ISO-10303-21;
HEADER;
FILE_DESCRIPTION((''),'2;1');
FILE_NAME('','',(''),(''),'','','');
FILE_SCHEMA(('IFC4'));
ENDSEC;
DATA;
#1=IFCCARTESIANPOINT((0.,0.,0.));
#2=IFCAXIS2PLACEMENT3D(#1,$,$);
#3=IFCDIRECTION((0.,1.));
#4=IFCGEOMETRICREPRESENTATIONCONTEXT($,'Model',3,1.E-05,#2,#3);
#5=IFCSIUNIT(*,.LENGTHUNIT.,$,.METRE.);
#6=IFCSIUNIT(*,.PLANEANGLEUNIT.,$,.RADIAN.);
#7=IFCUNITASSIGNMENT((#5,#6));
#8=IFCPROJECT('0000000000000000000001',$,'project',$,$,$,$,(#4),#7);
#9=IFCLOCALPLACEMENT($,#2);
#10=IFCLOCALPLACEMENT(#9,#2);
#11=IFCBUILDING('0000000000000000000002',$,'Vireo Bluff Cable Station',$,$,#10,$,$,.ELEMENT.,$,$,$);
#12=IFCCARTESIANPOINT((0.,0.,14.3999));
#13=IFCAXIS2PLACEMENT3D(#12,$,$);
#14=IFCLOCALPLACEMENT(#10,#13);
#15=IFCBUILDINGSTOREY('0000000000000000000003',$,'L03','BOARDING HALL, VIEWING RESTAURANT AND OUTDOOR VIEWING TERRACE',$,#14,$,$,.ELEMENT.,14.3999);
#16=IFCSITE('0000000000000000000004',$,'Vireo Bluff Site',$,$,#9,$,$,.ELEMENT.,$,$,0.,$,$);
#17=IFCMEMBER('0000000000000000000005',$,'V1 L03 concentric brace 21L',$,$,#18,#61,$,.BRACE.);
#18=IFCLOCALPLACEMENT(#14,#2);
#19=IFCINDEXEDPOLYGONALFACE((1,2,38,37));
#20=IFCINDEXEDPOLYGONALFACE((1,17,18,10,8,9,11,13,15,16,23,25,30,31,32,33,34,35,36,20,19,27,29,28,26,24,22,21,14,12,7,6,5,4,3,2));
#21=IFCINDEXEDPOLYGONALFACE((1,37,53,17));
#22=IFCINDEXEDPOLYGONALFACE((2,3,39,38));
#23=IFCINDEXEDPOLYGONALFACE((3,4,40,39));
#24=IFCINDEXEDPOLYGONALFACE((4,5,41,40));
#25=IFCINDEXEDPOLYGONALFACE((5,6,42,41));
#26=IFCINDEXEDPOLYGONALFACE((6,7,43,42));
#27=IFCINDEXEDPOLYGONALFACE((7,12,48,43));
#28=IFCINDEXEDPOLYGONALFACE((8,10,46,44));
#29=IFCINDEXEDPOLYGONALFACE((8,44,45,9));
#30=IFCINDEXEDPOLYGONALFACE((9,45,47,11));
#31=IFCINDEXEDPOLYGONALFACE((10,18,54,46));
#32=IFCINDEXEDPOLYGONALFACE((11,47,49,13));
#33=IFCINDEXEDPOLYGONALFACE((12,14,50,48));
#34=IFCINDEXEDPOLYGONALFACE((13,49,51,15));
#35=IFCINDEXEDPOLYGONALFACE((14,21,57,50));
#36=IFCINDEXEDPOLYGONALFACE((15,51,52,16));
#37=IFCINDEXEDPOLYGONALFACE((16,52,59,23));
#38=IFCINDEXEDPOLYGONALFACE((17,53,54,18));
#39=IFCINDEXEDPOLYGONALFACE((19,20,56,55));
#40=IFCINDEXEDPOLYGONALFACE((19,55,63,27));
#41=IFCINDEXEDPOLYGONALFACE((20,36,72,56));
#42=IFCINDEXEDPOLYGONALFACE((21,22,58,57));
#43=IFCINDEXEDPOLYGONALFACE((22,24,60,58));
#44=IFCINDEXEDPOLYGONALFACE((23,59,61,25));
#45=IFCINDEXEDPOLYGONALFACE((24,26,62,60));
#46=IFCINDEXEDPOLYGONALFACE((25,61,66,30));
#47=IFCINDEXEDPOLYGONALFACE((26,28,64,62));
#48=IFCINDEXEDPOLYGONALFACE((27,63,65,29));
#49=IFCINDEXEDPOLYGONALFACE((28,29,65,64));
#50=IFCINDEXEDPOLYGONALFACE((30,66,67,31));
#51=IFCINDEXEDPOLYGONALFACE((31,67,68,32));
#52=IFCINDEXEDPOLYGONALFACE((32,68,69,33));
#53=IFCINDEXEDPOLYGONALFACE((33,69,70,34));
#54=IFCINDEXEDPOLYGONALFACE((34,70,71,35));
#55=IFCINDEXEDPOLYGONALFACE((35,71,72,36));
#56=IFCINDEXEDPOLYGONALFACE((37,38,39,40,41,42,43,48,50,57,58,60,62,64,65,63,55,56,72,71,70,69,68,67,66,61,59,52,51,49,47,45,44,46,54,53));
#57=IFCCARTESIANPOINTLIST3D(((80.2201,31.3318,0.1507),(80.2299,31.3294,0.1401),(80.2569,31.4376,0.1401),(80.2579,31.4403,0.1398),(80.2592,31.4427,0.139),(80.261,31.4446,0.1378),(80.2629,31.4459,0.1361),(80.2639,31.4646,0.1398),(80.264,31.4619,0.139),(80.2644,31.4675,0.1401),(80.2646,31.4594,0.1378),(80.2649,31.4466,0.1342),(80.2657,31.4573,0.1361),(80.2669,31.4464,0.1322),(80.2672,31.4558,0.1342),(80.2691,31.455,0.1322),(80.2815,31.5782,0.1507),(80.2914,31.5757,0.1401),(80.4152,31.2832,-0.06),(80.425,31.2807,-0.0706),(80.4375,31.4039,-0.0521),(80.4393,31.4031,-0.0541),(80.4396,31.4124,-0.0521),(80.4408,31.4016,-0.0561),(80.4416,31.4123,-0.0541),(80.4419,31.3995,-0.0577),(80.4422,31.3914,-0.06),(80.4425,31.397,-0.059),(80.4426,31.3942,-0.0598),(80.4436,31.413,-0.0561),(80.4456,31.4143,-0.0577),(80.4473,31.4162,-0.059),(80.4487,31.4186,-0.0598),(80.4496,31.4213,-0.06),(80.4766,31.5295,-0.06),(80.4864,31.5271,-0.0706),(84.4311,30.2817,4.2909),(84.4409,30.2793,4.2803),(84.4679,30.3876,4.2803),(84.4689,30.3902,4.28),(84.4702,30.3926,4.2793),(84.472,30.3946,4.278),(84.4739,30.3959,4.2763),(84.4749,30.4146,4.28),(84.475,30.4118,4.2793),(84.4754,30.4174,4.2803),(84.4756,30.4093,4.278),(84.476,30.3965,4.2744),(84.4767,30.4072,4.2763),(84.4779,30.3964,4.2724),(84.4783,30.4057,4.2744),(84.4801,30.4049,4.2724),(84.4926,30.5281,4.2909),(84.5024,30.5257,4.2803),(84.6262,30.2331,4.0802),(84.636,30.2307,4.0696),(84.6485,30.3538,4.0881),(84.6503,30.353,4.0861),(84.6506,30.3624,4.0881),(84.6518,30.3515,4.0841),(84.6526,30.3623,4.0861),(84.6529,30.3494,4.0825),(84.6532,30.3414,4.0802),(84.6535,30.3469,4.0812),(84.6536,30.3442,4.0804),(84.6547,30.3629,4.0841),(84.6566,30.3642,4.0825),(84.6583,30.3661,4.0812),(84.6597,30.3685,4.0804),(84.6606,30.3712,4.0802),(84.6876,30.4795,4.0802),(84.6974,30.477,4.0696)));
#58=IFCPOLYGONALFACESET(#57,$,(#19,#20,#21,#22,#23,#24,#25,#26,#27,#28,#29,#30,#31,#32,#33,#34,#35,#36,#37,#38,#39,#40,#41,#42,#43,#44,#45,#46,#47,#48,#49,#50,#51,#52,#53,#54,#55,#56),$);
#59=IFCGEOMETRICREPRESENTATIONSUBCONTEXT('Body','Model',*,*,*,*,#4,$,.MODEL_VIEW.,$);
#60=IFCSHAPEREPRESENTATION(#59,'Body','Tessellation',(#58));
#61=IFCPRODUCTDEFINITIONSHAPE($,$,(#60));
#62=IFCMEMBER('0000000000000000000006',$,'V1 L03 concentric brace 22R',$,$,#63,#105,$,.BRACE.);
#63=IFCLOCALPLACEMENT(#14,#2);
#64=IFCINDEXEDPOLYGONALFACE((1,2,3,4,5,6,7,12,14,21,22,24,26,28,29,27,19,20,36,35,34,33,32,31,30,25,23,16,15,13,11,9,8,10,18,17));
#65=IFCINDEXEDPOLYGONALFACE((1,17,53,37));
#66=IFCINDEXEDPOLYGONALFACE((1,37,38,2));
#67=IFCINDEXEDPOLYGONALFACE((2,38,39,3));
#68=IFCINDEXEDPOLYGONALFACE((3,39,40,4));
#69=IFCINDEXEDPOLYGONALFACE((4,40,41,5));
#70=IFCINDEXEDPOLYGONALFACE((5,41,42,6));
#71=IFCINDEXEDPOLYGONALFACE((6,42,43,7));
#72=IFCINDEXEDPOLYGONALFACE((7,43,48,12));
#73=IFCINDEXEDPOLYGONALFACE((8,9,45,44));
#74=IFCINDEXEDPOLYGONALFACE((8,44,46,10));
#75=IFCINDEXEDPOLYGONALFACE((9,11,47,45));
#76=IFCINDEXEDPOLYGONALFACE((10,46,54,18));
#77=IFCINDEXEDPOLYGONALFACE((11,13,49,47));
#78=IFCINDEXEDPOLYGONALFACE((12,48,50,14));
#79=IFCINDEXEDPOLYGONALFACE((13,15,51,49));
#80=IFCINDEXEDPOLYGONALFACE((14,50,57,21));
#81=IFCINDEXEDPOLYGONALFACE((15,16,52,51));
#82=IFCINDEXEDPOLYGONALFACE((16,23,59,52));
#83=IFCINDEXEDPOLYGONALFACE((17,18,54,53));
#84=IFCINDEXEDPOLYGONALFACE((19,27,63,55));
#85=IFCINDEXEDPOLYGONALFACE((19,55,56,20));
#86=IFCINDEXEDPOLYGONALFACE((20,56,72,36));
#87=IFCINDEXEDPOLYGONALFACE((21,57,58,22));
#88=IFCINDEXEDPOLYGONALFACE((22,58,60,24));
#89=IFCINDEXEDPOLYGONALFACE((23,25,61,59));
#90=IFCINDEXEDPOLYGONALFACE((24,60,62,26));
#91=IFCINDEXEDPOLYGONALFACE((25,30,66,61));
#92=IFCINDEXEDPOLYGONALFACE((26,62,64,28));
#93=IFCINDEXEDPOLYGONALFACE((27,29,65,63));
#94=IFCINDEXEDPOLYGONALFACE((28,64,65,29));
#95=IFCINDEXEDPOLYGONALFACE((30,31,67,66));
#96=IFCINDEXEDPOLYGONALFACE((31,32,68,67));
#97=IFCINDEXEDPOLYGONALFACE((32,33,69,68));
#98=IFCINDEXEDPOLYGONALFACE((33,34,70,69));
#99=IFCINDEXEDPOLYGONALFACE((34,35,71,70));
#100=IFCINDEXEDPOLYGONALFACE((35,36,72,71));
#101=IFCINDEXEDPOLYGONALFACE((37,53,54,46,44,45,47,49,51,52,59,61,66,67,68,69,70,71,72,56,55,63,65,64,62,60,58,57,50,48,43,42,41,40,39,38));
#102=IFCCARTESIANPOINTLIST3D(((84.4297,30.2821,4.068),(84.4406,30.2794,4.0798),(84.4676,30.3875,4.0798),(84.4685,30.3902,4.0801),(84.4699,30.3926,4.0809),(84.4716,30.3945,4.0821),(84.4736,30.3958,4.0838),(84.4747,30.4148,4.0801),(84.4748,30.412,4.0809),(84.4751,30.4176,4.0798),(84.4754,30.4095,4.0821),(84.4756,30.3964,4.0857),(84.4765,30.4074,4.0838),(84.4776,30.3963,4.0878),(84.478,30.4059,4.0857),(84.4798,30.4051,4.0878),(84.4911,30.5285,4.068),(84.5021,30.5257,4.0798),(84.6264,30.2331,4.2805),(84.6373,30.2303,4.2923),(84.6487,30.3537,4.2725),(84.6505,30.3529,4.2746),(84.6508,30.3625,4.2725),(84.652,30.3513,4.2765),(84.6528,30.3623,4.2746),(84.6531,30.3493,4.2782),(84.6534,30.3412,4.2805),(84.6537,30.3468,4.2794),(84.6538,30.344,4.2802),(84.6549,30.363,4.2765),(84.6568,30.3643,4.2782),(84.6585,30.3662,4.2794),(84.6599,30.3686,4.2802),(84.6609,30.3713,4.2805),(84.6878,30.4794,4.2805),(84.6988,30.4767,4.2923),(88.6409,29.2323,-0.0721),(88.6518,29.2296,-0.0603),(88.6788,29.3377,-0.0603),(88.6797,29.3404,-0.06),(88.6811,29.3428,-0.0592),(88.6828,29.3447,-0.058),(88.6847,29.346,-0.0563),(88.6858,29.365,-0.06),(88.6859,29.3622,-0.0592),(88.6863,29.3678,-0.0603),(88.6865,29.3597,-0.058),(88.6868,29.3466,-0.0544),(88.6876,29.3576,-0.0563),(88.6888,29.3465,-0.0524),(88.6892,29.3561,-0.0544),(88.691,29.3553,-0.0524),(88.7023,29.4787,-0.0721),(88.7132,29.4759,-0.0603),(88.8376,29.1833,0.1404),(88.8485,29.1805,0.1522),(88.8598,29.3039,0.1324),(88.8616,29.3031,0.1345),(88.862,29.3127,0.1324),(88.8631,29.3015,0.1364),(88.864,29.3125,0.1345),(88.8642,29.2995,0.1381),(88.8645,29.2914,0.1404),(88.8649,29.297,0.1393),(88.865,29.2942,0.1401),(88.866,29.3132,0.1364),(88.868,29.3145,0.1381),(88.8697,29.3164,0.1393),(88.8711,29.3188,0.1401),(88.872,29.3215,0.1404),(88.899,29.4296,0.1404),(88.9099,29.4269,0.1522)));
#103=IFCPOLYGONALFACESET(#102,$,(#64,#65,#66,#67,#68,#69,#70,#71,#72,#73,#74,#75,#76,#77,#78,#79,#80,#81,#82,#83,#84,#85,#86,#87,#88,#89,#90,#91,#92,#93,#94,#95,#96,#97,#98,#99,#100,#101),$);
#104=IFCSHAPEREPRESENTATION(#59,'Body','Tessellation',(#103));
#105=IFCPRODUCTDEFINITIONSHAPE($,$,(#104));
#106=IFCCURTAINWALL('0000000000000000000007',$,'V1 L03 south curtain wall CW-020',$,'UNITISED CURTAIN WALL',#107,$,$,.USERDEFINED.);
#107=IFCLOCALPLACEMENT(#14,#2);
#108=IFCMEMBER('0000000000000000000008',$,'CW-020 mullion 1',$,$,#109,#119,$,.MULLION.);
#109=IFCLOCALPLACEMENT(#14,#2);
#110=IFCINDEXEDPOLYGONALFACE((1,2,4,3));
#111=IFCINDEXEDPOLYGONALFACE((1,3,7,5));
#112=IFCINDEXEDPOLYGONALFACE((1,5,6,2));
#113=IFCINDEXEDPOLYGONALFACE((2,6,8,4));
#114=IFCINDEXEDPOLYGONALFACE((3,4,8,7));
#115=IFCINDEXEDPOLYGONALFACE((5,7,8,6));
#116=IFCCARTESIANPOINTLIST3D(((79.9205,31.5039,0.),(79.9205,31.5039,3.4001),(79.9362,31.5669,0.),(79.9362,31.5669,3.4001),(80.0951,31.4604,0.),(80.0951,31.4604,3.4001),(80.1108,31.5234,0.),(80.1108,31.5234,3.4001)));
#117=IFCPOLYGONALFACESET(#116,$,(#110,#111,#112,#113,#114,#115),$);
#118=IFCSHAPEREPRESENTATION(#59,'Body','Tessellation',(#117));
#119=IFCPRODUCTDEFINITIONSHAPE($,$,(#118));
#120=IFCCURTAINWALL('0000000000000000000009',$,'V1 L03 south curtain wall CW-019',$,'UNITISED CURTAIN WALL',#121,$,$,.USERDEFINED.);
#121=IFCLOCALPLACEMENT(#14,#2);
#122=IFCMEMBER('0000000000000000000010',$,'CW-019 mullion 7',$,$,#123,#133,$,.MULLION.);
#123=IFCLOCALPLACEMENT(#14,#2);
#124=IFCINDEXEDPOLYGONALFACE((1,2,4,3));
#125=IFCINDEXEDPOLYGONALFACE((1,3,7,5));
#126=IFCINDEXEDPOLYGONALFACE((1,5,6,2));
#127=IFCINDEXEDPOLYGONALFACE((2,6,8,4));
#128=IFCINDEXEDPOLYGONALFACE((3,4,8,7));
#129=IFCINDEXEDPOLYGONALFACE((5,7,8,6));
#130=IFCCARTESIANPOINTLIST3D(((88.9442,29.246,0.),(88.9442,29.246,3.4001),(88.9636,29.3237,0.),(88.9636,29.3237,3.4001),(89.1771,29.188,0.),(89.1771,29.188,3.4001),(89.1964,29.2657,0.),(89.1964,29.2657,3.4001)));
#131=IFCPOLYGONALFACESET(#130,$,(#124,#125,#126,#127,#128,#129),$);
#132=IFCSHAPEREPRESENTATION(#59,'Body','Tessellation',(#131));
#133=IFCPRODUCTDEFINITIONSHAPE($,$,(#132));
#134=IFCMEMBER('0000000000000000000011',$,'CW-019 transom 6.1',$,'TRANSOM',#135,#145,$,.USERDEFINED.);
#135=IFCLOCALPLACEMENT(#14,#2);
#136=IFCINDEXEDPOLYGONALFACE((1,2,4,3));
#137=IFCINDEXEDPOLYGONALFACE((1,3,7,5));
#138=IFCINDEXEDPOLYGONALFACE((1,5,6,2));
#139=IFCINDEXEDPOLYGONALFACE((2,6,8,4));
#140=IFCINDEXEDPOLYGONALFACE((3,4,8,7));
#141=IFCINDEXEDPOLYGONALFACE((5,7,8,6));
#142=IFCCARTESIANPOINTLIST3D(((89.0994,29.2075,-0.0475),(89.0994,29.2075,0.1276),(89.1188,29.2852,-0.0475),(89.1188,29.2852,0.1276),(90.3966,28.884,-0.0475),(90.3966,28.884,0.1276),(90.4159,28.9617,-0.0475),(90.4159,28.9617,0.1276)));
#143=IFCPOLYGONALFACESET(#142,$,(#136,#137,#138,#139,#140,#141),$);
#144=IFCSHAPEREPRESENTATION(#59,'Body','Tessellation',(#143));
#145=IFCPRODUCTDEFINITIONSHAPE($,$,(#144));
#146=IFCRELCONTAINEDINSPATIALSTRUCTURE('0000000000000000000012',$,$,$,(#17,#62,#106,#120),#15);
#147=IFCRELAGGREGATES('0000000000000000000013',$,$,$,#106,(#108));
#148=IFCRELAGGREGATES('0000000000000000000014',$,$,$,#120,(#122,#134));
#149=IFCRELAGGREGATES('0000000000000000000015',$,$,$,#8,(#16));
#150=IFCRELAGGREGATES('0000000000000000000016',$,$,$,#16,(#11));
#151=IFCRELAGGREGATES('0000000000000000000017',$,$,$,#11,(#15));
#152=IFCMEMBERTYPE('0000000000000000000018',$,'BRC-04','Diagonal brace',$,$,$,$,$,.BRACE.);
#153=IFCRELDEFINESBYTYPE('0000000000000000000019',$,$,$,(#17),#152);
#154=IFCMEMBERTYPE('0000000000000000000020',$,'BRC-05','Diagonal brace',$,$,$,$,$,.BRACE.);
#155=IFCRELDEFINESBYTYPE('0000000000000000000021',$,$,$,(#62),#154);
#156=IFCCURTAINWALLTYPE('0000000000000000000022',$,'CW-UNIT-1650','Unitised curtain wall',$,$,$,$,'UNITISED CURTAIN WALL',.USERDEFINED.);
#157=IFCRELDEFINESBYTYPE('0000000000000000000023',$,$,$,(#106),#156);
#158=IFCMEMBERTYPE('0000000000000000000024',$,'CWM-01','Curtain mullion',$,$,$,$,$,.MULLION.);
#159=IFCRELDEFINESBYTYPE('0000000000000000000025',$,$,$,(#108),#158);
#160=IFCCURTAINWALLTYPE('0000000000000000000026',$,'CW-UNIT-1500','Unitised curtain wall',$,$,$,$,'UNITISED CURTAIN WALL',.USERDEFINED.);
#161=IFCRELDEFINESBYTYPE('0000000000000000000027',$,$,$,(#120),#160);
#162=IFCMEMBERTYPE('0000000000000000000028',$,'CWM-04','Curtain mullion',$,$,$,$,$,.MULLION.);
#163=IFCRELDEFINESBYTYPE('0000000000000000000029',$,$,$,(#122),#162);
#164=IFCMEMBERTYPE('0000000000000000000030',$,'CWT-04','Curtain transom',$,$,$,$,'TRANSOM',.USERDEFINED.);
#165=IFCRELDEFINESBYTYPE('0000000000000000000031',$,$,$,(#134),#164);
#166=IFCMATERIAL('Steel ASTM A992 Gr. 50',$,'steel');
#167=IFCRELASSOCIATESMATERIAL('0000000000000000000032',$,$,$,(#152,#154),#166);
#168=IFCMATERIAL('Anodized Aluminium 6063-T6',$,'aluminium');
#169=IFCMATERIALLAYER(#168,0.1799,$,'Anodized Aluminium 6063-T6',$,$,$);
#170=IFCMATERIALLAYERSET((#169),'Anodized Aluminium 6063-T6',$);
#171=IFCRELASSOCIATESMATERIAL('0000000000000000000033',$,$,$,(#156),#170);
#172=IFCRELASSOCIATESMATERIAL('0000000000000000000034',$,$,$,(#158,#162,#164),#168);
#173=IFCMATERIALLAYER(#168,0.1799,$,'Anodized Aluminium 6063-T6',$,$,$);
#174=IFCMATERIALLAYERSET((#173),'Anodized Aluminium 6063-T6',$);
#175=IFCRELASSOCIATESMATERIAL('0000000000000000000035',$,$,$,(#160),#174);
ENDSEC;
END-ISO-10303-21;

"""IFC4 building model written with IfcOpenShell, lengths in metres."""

from ifc_helpers import new_model, si_unit, direction, frame, origin, origin_2d, place, context, subcontext, project, spatial, rectangle, i_section, extrude, material, layer, layer_set, material_profile, profile_set, type_object, element, aggregate, save


model = new_model("IFC4")

# Units and contexts
model_context = context("Model", 3, precision=1e-05, world=origin(), true_north=direction((0.0, 1.0)))
body_context = subcontext(model_context, "Body", "Model", "MODEL_VIEW")
ifc_project = project(units=[si_unit("LENGTHUNIT", "METRE"), si_unit("PLANEANGLEUNIT", "RADIAN")], contexts=[model_context])

# Site, building, storey
site_placement = place(None, origin())
site = spatial("IfcSite", under=ifc_project, at=site_placement, Name="Vireo Bluff Site", CompositionType="ELEMENT", RefElevation=0.0)
building_placement = place(site_placement, origin())
building = spatial("IfcBuilding", under=site, at=building_placement, Name="Vireo Bluff Cable Station", CompositionType="ELEMENT")
storey_placement = place(building_placement, frame((0.0, 0.0, 14.3999)))
storey = spatial("IfcBuildingStorey", under=building, at=storey_placement, Name="L03", Description="BOARDING HALL, VIEWING RESTAURANT AND OUTDOOR VIEWING TERRACE", CompositionType="ELEMENT", Elevation=14.3999)

# Shared definitions
ifc_material_1 = material(Name="Steel ASTM A992 Gr. 50", Category="steel")

# Members
ifc_material_profile_1 = material_profile(ifc_material_1, i_section(OverallWidth=0.2539, OverallDepth=0.3059, WebThickness=0.0088, FlangeThickness=0.0146, FilletRadius=0.011, at=origin_2d()), Name="W12X53")
ifc_profile_set_1 = profile_set([ifc_material_profile_1], Name="Steel ASTM A992 Gr. 50")
member_type_1 = type_object("IfcMemberType", Name="BRC-04", Description="Diagonal brace", PredefinedType="BRACE", material=ifc_profile_set_1)
member_1_placement = place(storey_placement, frame((80.3533, 31.4294, 0.04), z_axis=(0.702064, -0.175068, 0.690259), x_axis=(0.241953, 0.970288, 0.0)))
element("IfcMember", 1, at=member_1_placement, inside=storey, type_object=member_type_1, Name="V1 L03 concentric brace 21L", PredefinedType="BRACE", context=body_context, shape_type="SweptSolid", body=[
    extrude(i_section(OverallWidth=0.2539, OverallDepth=0.3059, WebThickness=0.0088, FlangeThickness=0.0146, FilletRadius=0.011, at=origin_2d()), origin(), (0.0, 0.0, 1.0), 5.998),
])
ifc_material_profile_2 = material_profile(ifc_material_1, i_section(OverallWidth=0.2539, OverallDepth=0.3101, WebThickness=0.009, FlangeThickness=0.0164, FilletRadius=0.011, at=origin_2d()), Name="W12X58")
ifc_profile_set_2 = profile_set([ifc_material_profile_2], Name="Steel ASTM A992 Gr. 50")
member_type_2 = type_object("IfcMemberType", Name="BRC-05", Description="Diagonal brace", PredefinedType="BRACE", material=ifc_profile_set_2)
member_2_placement = place(storey_placement, frame((88.7754, 29.3296, 0.04), z_axis=(-0.702089, 0.175024, 0.690245), x_axis=(-0.241887, -0.970304, 0.0)))
element("IfcMember", 2, at=member_2_placement, inside=storey, type_object=member_type_2, Name="V1 L03 concentric brace 22R", PredefinedType="BRACE", context=body_context, shape_type="SweptSolid", body=[
    extrude(i_section(OverallWidth=0.2539, OverallDepth=0.3101, WebThickness=0.009, FlangeThickness=0.0164, FilletRadius=0.011, at=origin_2d()), origin(), (0.0, 0.0, 1.0), 5.998),
])

# Curtain wall, member
ifc_material_2 = material(Name="Anodized Aluminium 6063-T6", Category="aluminium")
ifc_layer_1 = layer(ifc_material_2, 0.1799, Name="Anodized Aluminium 6063-T6")
ifc_layer_set_1 = layer_set([ifc_layer_1], Name="Anodized Aluminium 6063-T6")
curtain_wall_type_1 = type_object("IfcCurtainWallType", Name="CW-UNIT-1650", Description="Unitised curtain wall", ElementType="UNITISED CURTAIN WALL", PredefinedType="USERDEFINED", material=ifc_layer_set_1)
curtain_wall_1_placement = place(storey_placement, origin())
curtain_wall_1 = element("IfcCurtainWall", 3, at=curtain_wall_1_placement, inside=storey, type_object=curtain_wall_type_1, Name="V1 L03 south curtain wall CW-020", ObjectType="UNITISED CURTAIN WALL", PredefinedType="USERDEFINED")
ifc_material_profile_3 = material_profile(ifc_material_2, rectangle(XDim=0.0649, YDim=0.1799, at=origin_2d()), Name="ALU-M-65X180")
ifc_profile_set_3 = profile_set([ifc_material_profile_3], Name="Anodized Aluminium 6063-T6")
member_type_3 = type_object("IfcMemberType", Name="CWM-01", Description="Curtain mullion", PredefinedType="MULLION", material=ifc_profile_set_3)
member_3_placement = place(storey_placement, frame((80.0156, 31.5137, 0.0), z_axis=(0.0, 0.0, 1.0), x_axis=(-0.241922, -0.970296, 0.0)))
member_3 = element("IfcMember", 4, at=member_3_placement, type_object=member_type_3, Name="CW-020 mullion 1", PredefinedType="MULLION", context=body_context, shape_type="SweptSolid", body=[
    extrude(rectangle(XDim=0.0649, YDim=0.1799, at=origin_2d()), origin(), (0.0, 0.0, 1.0), 3.4001),
])
aggregate(curtain_wall_1, [member_3])

# Curtain wall, members
ifc_layer_2 = layer(ifc_material_2, 0.1799, Name="Anodized Aluminium 6063-T6")
ifc_layer_set_2 = layer_set([ifc_layer_2], Name="Anodized Aluminium 6063-T6")
curtain_wall_type_2 = type_object("IfcCurtainWallType", Name="CW-UNIT-1500", Description="Unitised curtain wall", ElementType="UNITISED CURTAIN WALL", PredefinedType="USERDEFINED", material=ifc_layer_set_2)
curtain_wall_2_placement = place(storey_placement, origin())
curtain_wall_2 = element("IfcCurtainWall", 5, at=curtain_wall_2_placement, inside=storey, type_object=curtain_wall_type_2, Name="V1 L03 south curtain wall CW-019", ObjectType="UNITISED CURTAIN WALL", PredefinedType="USERDEFINED")
ifc_material_profile_4 = material_profile(ifc_material_2, rectangle(XDim=0.0801, YDim=0.24, at=origin_2d()), Name="ALU-M-80X240")
ifc_profile_set_4 = profile_set([ifc_material_profile_4], Name="Anodized Aluminium 6063-T6")
member_type_4 = type_object("IfcMemberType", Name="CWM-04", Description="Curtain mullion", PredefinedType="MULLION", material=ifc_profile_set_4)
member_4_placement = place(storey_placement, frame((89.0703, 29.2559, 0.0), z_axis=(0.0, 0.0, 1.0), x_axis=(-0.241922, -0.970296, 0.0)))
member_4 = element("IfcMember", 6, at=member_4_placement, type_object=member_type_4, Name="CW-019 mullion 7", PredefinedType="MULLION", context=body_context, shape_type="SweptSolid", body=[
    extrude(rectangle(XDim=0.0801, YDim=0.24, at=origin_2d()), origin(), (0.0, 0.0, 1.0), 3.4001),
])
ifc_material_profile_5 = material_profile(ifc_material_2, rectangle(XDim=0.0801, YDim=0.175, at=origin_2d()), Name="ALU-T-80X175")
ifc_profile_set_5 = profile_set([ifc_material_profile_5], Name="Anodized Aluminium 6063-T6")
member_type_5 = type_object("IfcMemberType", Name="CWT-04", Description="Curtain transom", ElementType="TRANSOM", PredefinedType="USERDEFINED", material=ifc_profile_set_5)
member_5_placement = place(storey_placement, frame((90.4062, 28.9229, 0.04), z_axis=(-0.970282, 0.241977, 0.0), x_axis=(-0.241977, -0.970282, 0.0)))
member_5 = element("IfcMember", 7, at=member_5_placement, type_object=member_type_5, Name="CW-019 transom 6.1", ObjectType="TRANSOM", PredefinedType="USERDEFINED", context=body_context, shape_type="SweptSolid", body=[
    extrude(rectangle(XDim=0.0801, YDim=0.175, at=origin_2d()), origin(), (0.0, 0.0, 1.0), 1.3369),
])

aggregate(curtain_wall_2, [member_4, member_5])

save(model, "model.ifc")
